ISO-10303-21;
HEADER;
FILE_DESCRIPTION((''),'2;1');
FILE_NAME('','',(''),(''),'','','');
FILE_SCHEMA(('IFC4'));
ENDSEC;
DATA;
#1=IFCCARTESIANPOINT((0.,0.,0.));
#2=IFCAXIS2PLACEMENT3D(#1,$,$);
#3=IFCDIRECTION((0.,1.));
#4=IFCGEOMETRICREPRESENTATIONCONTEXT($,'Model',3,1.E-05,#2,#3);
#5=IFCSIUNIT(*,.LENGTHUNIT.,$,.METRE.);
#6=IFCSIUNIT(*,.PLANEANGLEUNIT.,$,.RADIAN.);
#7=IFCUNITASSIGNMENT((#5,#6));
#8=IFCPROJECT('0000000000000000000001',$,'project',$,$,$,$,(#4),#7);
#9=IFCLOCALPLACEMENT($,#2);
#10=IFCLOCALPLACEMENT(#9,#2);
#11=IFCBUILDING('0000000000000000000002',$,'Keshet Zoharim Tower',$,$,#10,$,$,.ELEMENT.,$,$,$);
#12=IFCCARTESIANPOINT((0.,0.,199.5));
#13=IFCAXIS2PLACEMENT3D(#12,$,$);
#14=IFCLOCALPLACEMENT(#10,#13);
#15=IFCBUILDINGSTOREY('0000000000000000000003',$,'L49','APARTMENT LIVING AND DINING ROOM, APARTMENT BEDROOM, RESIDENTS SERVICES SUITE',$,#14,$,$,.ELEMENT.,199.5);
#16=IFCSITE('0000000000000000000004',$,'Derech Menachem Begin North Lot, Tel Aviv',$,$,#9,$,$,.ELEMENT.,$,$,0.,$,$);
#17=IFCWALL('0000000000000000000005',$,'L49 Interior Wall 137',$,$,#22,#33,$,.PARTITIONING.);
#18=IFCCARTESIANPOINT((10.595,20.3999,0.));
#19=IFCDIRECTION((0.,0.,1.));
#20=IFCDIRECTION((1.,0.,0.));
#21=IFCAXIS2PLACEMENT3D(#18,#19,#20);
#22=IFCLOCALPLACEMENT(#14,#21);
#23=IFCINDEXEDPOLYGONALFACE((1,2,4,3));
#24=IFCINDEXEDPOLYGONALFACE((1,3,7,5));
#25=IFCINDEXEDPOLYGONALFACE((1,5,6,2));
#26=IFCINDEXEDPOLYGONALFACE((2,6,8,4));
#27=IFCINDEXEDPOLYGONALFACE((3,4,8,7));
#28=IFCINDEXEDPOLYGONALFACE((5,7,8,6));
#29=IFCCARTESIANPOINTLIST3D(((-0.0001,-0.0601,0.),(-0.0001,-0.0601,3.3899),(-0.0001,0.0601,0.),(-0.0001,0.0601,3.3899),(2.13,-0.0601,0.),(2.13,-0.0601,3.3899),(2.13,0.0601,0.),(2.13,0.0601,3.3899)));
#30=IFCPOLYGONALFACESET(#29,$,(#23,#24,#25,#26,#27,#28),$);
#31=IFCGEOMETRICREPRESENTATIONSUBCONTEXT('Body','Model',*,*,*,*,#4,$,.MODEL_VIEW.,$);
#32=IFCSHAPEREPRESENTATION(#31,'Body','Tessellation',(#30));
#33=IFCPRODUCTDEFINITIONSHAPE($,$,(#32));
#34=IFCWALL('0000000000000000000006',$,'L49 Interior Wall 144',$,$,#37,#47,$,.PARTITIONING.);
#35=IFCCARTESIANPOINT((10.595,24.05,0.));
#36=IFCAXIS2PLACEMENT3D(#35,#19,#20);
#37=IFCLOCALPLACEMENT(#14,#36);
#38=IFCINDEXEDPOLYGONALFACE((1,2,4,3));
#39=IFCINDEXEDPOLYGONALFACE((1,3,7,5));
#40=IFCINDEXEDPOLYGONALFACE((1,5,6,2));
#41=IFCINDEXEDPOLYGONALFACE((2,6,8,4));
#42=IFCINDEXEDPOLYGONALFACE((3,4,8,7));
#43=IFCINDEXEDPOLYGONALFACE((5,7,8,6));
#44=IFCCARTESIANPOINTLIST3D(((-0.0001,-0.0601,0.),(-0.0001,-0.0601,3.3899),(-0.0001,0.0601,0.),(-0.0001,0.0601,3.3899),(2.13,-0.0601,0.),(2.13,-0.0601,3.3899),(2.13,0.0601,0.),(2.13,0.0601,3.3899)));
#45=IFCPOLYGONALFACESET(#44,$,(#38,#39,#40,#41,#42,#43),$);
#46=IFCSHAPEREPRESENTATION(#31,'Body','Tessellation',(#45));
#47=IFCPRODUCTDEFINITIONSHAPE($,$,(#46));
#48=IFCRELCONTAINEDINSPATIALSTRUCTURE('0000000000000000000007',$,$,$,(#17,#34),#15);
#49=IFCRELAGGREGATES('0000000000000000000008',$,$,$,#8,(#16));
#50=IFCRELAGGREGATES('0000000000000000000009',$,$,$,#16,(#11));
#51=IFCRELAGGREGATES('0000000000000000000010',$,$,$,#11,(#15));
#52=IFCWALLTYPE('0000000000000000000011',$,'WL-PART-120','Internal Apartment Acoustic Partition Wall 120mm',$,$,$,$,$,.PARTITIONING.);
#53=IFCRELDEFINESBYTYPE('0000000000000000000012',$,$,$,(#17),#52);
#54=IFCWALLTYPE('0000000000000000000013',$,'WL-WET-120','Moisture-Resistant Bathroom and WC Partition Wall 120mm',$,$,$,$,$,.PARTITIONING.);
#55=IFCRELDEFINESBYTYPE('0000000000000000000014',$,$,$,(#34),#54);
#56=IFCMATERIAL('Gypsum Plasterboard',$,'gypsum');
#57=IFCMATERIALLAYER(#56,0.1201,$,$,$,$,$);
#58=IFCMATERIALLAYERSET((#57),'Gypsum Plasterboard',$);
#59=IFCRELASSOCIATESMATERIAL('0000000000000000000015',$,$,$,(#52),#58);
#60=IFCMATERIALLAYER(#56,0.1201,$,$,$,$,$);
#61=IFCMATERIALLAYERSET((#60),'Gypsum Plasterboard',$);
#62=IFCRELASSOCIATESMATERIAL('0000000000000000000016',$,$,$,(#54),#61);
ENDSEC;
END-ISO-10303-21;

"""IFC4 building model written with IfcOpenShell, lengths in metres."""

from ifc_helpers import new_model, si_unit, direction, frame, frame_2d, origin, place, context, subcontext, project, spatial, rectangle, extrude, material, layer, layer_set, type_object, element, save


model = new_model("IFC4")

# Units and contexts
model_context = context("Model", 3, precision=1e-05, world=origin(), true_north=direction((0.0, 1.0)))
body_context = subcontext(model_context, "Body", "Model", "MODEL_VIEW")
ifc_project = project(units=[si_unit("LENGTHUNIT", "METRE"), si_unit("PLANEANGLEUNIT", "RADIAN")], contexts=[model_context])

# Site, building, storey
site_placement = place(None, origin())
site = spatial("IfcSite", under=ifc_project, at=site_placement, Name="Derech Menachem Begin North Lot, Tel Aviv", CompositionType="ELEMENT", RefElevation=0.0)
building_placement = place(site_placement, origin())
building = spatial("IfcBuilding", under=site, at=building_placement, Name="Keshet Zoharim Tower", CompositionType="ELEMENT")
storey_placement = place(building_placement, frame((0.0, 0.0, 199.5)))
storey = spatial("IfcBuildingStorey", under=building, at=storey_placement, Name="L49", Description="APARTMENT LIVING AND DINING ROOM, APARTMENT BEDROOM, RESIDENTS SERVICES SUITE", CompositionType="ELEMENT", Elevation=199.5)

# Shared definitions
ifc_material_1 = material(Name="Gypsum Plasterboard", Category="gypsum")

# Shared definitions
ifc_layer_1 = layer(ifc_material_1, 0.1201)
ifc_layer_set_1 = layer_set([ifc_layer_1], Name="Gypsum Plasterboard")
wall_type_1 = type_object("IfcWallType", Name="WL-PART-120", Description="Internal Apartment Acoustic Partition Wall 120mm", PredefinedType="PARTITIONING", material=ifc_layer_set_1)

# Wall
wall_1_placement = place(storey_placement, frame((10.595, 20.3999, 0.0), z_axis=(0.0, 0.0, 1.0), x_axis=(1.0, 0.0, 0.0)))
element("IfcWall", 1, at=wall_1_placement, inside=storey, type_object=wall_type_1, Name="L49 Interior Wall 137", PredefinedType="PARTITIONING", context=body_context, shape_type="SweptSolid", body=[
    extrude(rectangle(XDim=2.1301, YDim=0.1201, at=frame_2d((1.0649, 0.0))), origin(), (0.0, 0.0, 1.0), 3.3899),
])

# Shared definitions
ifc_layer_2 = layer(ifc_material_1, 0.1201)
ifc_layer_set_2 = layer_set([ifc_layer_2], Name="Gypsum Plasterboard")
wall_type_2 = type_object("IfcWallType", Name="WL-WET-120", Description="Moisture-Resistant Bathroom and WC Partition Wall 120mm", PredefinedType="PARTITIONING", material=ifc_layer_set_2)

# Wall
wall_2_placement = place(storey_placement, frame((10.595, 24.05, 0.0), z_axis=(0.0, 0.0, 1.0), x_axis=(1.0, 0.0, 0.0)))
element("IfcWall", 2, at=wall_2_placement, inside=storey, type_object=wall_type_2, Name="L49 Interior Wall 144", PredefinedType="PARTITIONING", context=body_context, shape_type="SweptSolid", body=[
    extrude(rectangle(XDim=2.1301, YDim=0.1201, at=frame_2d((1.0649, 0.0))), origin(), (0.0, 0.0, 1.0), 3.3899),
])

save(model, "model.ifc")
